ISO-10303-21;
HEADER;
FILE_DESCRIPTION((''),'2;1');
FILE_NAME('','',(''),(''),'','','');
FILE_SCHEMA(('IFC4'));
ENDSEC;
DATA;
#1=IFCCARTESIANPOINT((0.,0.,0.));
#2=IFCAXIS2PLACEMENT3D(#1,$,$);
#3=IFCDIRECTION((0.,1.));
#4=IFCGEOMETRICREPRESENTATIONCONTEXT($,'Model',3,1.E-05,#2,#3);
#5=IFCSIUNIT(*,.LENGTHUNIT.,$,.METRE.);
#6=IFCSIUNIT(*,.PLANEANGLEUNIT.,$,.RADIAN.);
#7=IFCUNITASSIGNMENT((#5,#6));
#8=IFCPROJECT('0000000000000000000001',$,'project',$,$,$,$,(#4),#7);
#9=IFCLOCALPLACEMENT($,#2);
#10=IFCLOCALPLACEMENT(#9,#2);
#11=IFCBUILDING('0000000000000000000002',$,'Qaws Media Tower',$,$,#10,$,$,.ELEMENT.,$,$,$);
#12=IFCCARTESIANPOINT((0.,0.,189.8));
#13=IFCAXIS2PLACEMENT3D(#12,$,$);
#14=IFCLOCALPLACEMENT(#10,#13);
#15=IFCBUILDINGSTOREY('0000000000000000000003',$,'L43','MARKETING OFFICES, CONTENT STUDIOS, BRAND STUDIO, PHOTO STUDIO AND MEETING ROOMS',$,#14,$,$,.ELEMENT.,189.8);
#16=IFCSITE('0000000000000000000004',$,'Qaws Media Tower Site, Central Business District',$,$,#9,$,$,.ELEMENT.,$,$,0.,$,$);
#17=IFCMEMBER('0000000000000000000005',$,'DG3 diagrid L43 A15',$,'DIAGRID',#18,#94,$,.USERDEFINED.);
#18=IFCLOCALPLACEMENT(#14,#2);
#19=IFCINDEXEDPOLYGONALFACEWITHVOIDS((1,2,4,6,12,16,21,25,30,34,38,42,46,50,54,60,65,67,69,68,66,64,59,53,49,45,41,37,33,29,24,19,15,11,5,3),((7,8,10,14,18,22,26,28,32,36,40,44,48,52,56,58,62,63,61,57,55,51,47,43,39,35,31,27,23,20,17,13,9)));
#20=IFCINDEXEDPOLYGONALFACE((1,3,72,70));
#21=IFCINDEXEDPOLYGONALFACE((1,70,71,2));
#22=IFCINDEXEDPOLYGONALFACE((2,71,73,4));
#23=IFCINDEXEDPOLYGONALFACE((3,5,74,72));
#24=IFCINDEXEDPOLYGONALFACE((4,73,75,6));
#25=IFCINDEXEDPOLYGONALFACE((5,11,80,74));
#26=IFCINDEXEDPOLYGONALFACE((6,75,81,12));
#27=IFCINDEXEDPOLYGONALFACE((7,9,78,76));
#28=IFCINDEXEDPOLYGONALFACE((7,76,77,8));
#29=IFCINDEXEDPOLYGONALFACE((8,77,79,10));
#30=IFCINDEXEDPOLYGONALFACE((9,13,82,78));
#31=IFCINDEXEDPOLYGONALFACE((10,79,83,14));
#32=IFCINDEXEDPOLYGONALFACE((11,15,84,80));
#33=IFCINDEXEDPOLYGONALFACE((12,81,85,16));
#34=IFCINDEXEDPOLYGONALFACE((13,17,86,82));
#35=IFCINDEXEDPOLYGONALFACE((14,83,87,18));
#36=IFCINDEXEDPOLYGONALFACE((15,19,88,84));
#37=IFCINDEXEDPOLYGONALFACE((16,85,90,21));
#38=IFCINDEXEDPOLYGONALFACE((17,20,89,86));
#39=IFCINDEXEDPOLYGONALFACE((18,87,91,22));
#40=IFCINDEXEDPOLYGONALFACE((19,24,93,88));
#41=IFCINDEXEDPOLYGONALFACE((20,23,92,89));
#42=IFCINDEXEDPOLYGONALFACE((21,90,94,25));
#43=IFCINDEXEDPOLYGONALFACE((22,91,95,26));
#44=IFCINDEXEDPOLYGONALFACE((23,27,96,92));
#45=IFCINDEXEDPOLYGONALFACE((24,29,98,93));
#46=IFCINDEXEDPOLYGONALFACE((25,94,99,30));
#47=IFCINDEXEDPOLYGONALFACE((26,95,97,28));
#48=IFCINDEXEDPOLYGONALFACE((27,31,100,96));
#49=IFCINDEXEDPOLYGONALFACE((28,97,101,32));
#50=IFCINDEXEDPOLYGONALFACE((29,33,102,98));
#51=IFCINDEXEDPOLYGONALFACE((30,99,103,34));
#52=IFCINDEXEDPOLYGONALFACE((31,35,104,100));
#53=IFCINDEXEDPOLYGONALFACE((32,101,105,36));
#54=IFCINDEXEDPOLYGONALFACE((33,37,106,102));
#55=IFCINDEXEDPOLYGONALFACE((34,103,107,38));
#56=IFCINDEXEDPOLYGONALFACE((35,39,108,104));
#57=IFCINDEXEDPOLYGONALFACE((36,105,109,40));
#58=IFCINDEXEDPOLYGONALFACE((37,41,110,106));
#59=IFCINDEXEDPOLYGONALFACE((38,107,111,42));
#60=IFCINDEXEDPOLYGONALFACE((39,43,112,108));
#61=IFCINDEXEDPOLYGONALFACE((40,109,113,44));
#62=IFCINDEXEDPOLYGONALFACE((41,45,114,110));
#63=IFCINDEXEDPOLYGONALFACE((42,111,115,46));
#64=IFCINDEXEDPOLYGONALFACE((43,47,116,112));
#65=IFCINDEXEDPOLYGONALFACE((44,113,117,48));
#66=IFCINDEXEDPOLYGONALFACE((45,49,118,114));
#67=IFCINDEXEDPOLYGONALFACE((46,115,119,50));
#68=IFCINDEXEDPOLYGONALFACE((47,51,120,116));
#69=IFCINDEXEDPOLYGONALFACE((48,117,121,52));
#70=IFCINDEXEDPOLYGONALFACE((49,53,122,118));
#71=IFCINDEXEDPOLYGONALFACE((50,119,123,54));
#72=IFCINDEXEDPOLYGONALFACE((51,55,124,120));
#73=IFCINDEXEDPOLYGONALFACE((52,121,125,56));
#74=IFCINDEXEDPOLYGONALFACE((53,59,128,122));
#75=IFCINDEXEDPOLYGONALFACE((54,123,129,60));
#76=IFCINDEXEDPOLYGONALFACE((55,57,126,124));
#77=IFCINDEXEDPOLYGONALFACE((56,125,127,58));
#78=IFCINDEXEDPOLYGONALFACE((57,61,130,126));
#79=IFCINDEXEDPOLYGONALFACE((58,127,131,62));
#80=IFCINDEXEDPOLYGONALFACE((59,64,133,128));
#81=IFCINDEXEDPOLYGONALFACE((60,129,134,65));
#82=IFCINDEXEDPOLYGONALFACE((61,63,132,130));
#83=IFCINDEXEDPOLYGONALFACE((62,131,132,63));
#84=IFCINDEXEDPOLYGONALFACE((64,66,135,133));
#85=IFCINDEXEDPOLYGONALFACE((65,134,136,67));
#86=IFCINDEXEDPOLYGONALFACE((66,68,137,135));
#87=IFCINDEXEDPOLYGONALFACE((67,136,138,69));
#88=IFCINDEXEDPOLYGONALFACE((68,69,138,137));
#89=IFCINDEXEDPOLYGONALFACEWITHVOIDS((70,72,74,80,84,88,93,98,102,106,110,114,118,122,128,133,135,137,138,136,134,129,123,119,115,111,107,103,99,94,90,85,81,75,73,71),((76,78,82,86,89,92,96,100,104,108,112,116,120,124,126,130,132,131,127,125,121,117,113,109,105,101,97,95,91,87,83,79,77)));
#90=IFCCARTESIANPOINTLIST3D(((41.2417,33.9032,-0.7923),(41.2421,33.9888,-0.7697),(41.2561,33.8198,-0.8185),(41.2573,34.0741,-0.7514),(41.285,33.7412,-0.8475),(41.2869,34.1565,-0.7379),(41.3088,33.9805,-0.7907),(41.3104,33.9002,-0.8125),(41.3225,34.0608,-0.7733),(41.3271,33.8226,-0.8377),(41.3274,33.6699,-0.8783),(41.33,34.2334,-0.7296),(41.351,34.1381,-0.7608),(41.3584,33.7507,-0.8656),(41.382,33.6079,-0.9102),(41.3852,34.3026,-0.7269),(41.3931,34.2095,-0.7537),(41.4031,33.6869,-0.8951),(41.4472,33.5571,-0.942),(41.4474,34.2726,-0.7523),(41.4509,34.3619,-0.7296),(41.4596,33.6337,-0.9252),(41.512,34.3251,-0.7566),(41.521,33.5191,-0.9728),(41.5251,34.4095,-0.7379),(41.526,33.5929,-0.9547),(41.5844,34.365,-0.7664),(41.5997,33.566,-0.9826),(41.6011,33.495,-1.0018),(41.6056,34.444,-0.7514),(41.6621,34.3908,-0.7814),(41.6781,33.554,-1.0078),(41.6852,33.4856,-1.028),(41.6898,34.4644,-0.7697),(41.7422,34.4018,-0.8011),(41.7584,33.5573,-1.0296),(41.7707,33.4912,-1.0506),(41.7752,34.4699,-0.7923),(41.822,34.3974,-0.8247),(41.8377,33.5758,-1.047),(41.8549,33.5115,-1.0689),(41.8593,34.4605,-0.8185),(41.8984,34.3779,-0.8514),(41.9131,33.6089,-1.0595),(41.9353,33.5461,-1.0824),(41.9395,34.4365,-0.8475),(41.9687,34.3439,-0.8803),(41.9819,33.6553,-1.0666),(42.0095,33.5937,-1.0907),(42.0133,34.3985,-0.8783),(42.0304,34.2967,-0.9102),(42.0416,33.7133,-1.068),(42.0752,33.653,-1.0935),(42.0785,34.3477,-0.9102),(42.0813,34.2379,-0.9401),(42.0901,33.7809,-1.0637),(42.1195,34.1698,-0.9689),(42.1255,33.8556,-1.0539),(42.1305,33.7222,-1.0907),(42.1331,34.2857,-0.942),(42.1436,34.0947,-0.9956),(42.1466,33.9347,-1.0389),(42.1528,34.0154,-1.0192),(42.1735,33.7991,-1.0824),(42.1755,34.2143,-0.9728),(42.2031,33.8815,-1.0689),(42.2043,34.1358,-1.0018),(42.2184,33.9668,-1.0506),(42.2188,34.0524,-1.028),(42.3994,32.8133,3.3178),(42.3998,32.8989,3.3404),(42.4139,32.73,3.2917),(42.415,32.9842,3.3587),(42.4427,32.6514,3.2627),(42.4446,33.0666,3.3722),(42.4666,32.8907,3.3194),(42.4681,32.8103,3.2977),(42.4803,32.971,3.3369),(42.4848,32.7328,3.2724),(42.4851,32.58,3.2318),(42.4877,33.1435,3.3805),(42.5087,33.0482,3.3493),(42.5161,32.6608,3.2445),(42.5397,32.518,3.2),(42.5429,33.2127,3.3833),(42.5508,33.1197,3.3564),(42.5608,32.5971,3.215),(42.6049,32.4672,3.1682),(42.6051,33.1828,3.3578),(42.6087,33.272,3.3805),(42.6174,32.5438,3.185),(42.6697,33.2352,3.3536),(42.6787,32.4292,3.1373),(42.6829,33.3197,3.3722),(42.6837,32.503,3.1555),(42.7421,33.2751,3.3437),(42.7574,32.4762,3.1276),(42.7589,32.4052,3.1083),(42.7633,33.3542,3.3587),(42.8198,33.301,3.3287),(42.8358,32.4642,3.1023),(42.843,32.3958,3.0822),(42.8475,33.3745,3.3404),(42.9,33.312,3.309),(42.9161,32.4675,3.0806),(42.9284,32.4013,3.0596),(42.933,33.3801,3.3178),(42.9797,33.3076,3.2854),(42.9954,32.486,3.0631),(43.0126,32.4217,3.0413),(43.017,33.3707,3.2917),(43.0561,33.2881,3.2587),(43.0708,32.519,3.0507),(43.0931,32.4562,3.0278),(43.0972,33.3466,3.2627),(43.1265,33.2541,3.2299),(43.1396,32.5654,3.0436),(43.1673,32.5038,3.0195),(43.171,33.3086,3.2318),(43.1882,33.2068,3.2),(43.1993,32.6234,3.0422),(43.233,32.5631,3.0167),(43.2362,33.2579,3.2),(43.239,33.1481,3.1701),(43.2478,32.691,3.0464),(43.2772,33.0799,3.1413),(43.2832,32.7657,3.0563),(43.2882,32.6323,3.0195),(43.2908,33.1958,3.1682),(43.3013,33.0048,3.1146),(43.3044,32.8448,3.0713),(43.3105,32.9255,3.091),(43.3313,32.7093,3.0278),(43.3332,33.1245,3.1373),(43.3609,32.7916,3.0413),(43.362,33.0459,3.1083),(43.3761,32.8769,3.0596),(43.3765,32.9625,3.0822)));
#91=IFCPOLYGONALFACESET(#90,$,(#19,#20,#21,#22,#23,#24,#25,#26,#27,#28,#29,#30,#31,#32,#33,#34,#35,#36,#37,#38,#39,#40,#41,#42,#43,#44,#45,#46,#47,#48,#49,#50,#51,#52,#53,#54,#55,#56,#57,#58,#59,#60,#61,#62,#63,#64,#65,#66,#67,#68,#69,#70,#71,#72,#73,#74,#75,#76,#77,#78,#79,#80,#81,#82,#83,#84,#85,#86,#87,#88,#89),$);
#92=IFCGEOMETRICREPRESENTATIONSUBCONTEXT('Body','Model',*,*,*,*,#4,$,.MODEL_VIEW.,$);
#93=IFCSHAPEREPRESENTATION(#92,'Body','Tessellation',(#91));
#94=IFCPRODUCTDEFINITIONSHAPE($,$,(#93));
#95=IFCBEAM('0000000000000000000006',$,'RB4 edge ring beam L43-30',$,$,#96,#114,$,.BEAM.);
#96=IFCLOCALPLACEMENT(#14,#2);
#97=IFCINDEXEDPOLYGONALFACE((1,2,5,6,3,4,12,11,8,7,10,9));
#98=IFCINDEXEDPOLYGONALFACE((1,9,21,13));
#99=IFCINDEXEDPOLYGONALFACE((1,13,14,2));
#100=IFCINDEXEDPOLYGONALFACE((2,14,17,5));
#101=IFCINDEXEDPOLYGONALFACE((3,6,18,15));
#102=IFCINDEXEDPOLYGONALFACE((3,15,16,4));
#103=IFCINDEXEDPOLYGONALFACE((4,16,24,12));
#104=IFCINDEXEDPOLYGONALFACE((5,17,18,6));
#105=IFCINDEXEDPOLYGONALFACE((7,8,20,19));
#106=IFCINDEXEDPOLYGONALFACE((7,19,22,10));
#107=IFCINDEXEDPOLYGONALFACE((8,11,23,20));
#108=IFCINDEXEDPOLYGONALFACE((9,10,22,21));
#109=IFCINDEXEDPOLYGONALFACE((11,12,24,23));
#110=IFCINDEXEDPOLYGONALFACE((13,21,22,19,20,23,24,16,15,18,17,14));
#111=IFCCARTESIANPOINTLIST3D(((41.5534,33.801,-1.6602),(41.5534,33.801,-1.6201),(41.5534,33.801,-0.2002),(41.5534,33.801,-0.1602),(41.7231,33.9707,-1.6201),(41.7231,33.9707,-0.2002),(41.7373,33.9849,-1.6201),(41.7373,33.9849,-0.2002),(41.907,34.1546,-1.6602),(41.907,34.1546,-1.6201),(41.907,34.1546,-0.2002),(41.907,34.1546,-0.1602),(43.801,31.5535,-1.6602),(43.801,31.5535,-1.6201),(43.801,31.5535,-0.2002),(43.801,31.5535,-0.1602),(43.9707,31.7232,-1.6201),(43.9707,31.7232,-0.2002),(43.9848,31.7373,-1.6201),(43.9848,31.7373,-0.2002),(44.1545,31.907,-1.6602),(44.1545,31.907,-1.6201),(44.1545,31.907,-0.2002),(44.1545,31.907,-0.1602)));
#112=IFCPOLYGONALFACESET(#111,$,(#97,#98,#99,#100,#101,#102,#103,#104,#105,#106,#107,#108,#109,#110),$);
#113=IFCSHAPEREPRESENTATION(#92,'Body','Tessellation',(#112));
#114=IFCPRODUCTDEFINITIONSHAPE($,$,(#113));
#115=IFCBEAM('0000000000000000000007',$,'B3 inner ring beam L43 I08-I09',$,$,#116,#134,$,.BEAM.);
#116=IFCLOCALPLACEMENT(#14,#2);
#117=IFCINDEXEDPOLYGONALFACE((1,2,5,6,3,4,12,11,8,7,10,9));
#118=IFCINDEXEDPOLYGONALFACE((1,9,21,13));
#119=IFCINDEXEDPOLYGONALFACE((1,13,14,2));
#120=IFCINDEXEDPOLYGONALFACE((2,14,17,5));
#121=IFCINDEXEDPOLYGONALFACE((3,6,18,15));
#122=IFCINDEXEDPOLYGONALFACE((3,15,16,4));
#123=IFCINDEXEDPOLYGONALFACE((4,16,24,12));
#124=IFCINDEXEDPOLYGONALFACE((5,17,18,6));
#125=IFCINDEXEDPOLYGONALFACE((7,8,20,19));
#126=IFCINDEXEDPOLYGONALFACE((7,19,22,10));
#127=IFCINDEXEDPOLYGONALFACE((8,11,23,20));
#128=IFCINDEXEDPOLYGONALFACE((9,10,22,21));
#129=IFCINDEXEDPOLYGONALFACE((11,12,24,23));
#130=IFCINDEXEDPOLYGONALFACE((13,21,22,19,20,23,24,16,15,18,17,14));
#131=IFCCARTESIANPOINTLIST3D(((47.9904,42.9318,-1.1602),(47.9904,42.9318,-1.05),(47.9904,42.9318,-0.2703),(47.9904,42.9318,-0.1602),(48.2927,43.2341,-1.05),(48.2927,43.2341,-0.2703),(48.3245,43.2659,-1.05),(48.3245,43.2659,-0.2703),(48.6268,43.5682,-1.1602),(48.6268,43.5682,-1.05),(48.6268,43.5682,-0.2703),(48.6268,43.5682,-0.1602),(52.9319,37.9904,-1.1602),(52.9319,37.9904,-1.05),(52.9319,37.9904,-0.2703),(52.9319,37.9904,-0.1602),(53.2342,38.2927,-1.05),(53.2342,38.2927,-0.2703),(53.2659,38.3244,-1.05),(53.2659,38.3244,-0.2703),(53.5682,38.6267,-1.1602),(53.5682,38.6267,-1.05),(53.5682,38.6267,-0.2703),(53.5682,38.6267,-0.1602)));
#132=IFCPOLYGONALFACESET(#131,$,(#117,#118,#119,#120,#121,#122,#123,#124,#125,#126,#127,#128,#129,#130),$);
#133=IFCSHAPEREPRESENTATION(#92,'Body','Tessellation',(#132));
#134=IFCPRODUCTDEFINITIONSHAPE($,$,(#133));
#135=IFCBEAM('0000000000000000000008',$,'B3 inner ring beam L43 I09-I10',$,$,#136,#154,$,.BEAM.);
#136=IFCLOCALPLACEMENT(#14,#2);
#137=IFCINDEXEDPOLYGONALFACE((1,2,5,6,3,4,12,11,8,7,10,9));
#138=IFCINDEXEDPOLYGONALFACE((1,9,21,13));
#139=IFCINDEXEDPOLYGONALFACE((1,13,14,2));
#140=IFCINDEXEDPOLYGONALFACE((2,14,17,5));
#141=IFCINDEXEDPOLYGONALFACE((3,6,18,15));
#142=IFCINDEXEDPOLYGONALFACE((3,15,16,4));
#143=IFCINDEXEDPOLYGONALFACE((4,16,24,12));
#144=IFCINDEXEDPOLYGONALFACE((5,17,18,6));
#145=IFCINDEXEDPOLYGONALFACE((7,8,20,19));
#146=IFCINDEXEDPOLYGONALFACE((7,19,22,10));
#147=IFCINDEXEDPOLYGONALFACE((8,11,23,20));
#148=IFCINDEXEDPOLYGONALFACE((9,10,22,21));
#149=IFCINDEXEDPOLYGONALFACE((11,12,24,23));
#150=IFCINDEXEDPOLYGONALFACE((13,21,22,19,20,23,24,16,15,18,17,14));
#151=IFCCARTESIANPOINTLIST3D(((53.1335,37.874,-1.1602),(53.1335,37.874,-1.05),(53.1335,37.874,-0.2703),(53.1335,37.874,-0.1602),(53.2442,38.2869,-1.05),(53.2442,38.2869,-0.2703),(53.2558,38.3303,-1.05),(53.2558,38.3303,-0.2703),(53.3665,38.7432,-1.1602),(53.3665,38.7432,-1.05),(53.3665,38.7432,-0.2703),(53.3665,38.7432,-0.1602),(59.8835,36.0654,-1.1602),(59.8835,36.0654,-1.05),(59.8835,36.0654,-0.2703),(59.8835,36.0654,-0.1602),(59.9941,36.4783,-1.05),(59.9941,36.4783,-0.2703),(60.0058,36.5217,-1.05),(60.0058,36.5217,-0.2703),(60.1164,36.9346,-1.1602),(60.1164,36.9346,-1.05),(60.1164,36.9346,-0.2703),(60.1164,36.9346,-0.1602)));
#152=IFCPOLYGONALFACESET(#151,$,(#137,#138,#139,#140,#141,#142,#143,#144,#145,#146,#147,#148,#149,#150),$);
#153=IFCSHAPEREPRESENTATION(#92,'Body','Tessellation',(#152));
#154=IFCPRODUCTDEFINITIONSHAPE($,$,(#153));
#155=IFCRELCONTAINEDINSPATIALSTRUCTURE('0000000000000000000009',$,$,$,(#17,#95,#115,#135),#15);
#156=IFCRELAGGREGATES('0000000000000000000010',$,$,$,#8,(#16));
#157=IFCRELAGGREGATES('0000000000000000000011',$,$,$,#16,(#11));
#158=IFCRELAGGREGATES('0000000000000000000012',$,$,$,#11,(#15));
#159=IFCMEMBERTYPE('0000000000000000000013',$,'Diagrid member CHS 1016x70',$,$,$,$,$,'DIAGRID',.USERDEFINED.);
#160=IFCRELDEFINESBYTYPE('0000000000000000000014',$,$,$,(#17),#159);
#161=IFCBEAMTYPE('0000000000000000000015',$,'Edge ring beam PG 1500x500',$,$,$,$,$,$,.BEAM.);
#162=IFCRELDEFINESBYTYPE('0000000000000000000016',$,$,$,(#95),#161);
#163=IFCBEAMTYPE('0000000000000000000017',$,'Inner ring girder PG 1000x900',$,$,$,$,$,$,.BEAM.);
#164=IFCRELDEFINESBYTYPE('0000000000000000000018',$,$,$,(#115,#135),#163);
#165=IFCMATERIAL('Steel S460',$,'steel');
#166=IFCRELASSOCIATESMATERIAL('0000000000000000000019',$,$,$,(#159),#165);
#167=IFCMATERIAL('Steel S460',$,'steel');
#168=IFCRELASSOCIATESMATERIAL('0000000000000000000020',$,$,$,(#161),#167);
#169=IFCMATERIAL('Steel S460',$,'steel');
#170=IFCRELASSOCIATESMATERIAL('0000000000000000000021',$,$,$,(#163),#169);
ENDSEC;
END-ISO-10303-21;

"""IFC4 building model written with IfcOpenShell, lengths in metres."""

from ifc_helpers import new_model, si_unit, direction, frame, origin, origin_2d, place, context, subcontext, project, spatial, hollow_circle, i_section, extrude, material, material_profile, profile_set, type_object, element, save


model = new_model("IFC4")

# Units and contexts
model_context = context("Model", 3, precision=1e-05, world=origin(), true_north=direction((0.0, 1.0)))
body_context = subcontext(model_context, "Body", "Model", "MODEL_VIEW")
ifc_project = project(units=[si_unit("LENGTHUNIT", "METRE"), si_unit("PLANEANGLEUNIT", "RADIAN")], contexts=[model_context])

# Site, building, storey
site_placement = place(None, origin())
site = spatial("IfcSite", under=ifc_project, at=site_placement, Name="Qaws Media Tower Site, Central Business District", CompositionType="ELEMENT", RefElevation=0.0)
building_placement = place(site_placement, origin())
building = spatial("IfcBuilding", under=site, at=building_placement, Name="Qaws Media Tower", CompositionType="ELEMENT")
storey_placement = place(building_placement, frame((0.0, 0.0, 189.8)))
storey = spatial("IfcBuildingStorey", under=building, at=storey_placement, Name="L43", Description="MARKETING OFFICES, CONTENT STUDIOS, BRAND STUDIO, PHOTO STUDIO AND MEETING ROOMS", CompositionType="ELEMENT", Elevation=189.8)

# Member
ifc_material_1 = material(Name="Steel S460", Category="steel")
ifc_material_profile_1 = material_profile(ifc_material_1, hollow_circle(Radius=0.5081, WallThickness=0.0701, at=origin_2d()), Name="CHS 1016x70")
ifc_profile_set_1 = profile_set([ifc_material_profile_1], Name="Steel S460")
member_type_1 = type_object("IfcMemberType", Name="Diagrid member CHS 1016x70", ElementType="DIAGRID", PredefinedType="USERDEFINED", material=ifc_profile_set_1)
member_1_placement = place(storey_placement, frame((41.7302, 33.9778, -0.9102), z_axis=(0.262703, -0.247302, 0.932646), x_axis=(0.685441, 0.728128, 0.0)))
element("IfcMember", 1, at=member_1_placement, inside=storey, type_object=member_type_1, Name="DG3 diagrid L43 A15", ObjectType="DIAGRID", PredefinedType="USERDEFINED", context=body_context, shape_type="SweptSolid", body=[
    extrude(hollow_circle(Radius=0.5081, WallThickness=0.0701, at=origin_2d()), origin(), (0.0, 0.0, 1.0), 4.407),
])

# Beams
ifc_material_2 = material(Name="Steel S460", Category="steel")
ifc_material_profile_2 = material_profile(ifc_material_2, i_section(OverallWidth=0.5, OverallDepth=1.5, WebThickness=0.02, FlangeThickness=0.04, at=origin_2d()), Name="PG 1500x500")
ifc_profile_set_2 = profile_set([ifc_material_profile_2], Name="Steel S460")
beam_type_1 = type_object("IfcBeamType", Name="Edge ring beam PG 1500x500", PredefinedType="BEAM", material=ifc_profile_set_2)
beam_1_placement = place(storey_placement, frame((41.7302, 33.9778, -0.9102), z_axis=(0.707107, -0.707107, 0.0), x_axis=(0.707107, 0.707107, 0.0)))
element("IfcBeam", 2, at=beam_1_placement, inside=storey, type_object=beam_type_1, Name="RB4 edge ring beam L43-30", PredefinedType="BEAM", context=body_context, shape_type="SweptSolid", body=[
    extrude(i_section(OverallWidth=0.5, OverallDepth=1.5, WebThickness=0.02, FlangeThickness=0.04, at=origin_2d()), origin(), (0.0, 0.0, 1.0), 3.1785),
])
ifc_material_3 = material(Name="Steel S460", Category="steel")
ifc_material_profile_3 = material_profile(ifc_material_3, i_section(OverallWidth=0.8999, OverallDepth=1.0, WebThickness=0.0449, FlangeThickness=0.1101, at=origin_2d()), Name="PG 1000x900")
ifc_profile_set_3 = profile_set([ifc_material_profile_3], Name="Steel S460")
beam_type_2 = type_object("IfcBeamType", Name="Inner ring girder PG 1000x900", PredefinedType="BEAM", material=ifc_profile_set_3)
beam_2_placement = place(storey_placement, frame((48.3086, 43.25, -0.6602), z_axis=(0.707107, -0.707107, 0.0), x_axis=(0.707107, 0.707107, 0.0)))
element("IfcBeam", 3, at=beam_2_placement, inside=storey, type_object=beam_type_2, Name="B3 inner ring beam L43 I08-I09", PredefinedType="BEAM", context=body_context, shape_type="SweptSolid", body=[
    extrude(i_section(OverallWidth=0.8999, OverallDepth=1.0, WebThickness=0.0449, FlangeThickness=0.1101, at=origin_2d()), origin(), (0.0, 0.0, 1.0), 6.9883),
])
beam_3_placement = place(storey_placement, frame((53.25, 38.3086, -0.6602), z_axis=(0.965928, -0.258811, 0.0), x_axis=(0.258811, 0.965928, 0.0)))
element("IfcBeam", 4, at=beam_3_placement, inside=storey, type_object=beam_type_2, Name="B3 inner ring beam L43 I09-I10", PredefinedType="BEAM", context=body_context, shape_type="SweptSolid", body=[
    extrude(i_section(OverallWidth=0.8999, OverallDepth=1.0, WebThickness=0.0449, FlangeThickness=0.1101, at=origin_2d()), origin(), (0.0, 0.0, 1.0), 6.988),
])

save(model, "model.ifc")
